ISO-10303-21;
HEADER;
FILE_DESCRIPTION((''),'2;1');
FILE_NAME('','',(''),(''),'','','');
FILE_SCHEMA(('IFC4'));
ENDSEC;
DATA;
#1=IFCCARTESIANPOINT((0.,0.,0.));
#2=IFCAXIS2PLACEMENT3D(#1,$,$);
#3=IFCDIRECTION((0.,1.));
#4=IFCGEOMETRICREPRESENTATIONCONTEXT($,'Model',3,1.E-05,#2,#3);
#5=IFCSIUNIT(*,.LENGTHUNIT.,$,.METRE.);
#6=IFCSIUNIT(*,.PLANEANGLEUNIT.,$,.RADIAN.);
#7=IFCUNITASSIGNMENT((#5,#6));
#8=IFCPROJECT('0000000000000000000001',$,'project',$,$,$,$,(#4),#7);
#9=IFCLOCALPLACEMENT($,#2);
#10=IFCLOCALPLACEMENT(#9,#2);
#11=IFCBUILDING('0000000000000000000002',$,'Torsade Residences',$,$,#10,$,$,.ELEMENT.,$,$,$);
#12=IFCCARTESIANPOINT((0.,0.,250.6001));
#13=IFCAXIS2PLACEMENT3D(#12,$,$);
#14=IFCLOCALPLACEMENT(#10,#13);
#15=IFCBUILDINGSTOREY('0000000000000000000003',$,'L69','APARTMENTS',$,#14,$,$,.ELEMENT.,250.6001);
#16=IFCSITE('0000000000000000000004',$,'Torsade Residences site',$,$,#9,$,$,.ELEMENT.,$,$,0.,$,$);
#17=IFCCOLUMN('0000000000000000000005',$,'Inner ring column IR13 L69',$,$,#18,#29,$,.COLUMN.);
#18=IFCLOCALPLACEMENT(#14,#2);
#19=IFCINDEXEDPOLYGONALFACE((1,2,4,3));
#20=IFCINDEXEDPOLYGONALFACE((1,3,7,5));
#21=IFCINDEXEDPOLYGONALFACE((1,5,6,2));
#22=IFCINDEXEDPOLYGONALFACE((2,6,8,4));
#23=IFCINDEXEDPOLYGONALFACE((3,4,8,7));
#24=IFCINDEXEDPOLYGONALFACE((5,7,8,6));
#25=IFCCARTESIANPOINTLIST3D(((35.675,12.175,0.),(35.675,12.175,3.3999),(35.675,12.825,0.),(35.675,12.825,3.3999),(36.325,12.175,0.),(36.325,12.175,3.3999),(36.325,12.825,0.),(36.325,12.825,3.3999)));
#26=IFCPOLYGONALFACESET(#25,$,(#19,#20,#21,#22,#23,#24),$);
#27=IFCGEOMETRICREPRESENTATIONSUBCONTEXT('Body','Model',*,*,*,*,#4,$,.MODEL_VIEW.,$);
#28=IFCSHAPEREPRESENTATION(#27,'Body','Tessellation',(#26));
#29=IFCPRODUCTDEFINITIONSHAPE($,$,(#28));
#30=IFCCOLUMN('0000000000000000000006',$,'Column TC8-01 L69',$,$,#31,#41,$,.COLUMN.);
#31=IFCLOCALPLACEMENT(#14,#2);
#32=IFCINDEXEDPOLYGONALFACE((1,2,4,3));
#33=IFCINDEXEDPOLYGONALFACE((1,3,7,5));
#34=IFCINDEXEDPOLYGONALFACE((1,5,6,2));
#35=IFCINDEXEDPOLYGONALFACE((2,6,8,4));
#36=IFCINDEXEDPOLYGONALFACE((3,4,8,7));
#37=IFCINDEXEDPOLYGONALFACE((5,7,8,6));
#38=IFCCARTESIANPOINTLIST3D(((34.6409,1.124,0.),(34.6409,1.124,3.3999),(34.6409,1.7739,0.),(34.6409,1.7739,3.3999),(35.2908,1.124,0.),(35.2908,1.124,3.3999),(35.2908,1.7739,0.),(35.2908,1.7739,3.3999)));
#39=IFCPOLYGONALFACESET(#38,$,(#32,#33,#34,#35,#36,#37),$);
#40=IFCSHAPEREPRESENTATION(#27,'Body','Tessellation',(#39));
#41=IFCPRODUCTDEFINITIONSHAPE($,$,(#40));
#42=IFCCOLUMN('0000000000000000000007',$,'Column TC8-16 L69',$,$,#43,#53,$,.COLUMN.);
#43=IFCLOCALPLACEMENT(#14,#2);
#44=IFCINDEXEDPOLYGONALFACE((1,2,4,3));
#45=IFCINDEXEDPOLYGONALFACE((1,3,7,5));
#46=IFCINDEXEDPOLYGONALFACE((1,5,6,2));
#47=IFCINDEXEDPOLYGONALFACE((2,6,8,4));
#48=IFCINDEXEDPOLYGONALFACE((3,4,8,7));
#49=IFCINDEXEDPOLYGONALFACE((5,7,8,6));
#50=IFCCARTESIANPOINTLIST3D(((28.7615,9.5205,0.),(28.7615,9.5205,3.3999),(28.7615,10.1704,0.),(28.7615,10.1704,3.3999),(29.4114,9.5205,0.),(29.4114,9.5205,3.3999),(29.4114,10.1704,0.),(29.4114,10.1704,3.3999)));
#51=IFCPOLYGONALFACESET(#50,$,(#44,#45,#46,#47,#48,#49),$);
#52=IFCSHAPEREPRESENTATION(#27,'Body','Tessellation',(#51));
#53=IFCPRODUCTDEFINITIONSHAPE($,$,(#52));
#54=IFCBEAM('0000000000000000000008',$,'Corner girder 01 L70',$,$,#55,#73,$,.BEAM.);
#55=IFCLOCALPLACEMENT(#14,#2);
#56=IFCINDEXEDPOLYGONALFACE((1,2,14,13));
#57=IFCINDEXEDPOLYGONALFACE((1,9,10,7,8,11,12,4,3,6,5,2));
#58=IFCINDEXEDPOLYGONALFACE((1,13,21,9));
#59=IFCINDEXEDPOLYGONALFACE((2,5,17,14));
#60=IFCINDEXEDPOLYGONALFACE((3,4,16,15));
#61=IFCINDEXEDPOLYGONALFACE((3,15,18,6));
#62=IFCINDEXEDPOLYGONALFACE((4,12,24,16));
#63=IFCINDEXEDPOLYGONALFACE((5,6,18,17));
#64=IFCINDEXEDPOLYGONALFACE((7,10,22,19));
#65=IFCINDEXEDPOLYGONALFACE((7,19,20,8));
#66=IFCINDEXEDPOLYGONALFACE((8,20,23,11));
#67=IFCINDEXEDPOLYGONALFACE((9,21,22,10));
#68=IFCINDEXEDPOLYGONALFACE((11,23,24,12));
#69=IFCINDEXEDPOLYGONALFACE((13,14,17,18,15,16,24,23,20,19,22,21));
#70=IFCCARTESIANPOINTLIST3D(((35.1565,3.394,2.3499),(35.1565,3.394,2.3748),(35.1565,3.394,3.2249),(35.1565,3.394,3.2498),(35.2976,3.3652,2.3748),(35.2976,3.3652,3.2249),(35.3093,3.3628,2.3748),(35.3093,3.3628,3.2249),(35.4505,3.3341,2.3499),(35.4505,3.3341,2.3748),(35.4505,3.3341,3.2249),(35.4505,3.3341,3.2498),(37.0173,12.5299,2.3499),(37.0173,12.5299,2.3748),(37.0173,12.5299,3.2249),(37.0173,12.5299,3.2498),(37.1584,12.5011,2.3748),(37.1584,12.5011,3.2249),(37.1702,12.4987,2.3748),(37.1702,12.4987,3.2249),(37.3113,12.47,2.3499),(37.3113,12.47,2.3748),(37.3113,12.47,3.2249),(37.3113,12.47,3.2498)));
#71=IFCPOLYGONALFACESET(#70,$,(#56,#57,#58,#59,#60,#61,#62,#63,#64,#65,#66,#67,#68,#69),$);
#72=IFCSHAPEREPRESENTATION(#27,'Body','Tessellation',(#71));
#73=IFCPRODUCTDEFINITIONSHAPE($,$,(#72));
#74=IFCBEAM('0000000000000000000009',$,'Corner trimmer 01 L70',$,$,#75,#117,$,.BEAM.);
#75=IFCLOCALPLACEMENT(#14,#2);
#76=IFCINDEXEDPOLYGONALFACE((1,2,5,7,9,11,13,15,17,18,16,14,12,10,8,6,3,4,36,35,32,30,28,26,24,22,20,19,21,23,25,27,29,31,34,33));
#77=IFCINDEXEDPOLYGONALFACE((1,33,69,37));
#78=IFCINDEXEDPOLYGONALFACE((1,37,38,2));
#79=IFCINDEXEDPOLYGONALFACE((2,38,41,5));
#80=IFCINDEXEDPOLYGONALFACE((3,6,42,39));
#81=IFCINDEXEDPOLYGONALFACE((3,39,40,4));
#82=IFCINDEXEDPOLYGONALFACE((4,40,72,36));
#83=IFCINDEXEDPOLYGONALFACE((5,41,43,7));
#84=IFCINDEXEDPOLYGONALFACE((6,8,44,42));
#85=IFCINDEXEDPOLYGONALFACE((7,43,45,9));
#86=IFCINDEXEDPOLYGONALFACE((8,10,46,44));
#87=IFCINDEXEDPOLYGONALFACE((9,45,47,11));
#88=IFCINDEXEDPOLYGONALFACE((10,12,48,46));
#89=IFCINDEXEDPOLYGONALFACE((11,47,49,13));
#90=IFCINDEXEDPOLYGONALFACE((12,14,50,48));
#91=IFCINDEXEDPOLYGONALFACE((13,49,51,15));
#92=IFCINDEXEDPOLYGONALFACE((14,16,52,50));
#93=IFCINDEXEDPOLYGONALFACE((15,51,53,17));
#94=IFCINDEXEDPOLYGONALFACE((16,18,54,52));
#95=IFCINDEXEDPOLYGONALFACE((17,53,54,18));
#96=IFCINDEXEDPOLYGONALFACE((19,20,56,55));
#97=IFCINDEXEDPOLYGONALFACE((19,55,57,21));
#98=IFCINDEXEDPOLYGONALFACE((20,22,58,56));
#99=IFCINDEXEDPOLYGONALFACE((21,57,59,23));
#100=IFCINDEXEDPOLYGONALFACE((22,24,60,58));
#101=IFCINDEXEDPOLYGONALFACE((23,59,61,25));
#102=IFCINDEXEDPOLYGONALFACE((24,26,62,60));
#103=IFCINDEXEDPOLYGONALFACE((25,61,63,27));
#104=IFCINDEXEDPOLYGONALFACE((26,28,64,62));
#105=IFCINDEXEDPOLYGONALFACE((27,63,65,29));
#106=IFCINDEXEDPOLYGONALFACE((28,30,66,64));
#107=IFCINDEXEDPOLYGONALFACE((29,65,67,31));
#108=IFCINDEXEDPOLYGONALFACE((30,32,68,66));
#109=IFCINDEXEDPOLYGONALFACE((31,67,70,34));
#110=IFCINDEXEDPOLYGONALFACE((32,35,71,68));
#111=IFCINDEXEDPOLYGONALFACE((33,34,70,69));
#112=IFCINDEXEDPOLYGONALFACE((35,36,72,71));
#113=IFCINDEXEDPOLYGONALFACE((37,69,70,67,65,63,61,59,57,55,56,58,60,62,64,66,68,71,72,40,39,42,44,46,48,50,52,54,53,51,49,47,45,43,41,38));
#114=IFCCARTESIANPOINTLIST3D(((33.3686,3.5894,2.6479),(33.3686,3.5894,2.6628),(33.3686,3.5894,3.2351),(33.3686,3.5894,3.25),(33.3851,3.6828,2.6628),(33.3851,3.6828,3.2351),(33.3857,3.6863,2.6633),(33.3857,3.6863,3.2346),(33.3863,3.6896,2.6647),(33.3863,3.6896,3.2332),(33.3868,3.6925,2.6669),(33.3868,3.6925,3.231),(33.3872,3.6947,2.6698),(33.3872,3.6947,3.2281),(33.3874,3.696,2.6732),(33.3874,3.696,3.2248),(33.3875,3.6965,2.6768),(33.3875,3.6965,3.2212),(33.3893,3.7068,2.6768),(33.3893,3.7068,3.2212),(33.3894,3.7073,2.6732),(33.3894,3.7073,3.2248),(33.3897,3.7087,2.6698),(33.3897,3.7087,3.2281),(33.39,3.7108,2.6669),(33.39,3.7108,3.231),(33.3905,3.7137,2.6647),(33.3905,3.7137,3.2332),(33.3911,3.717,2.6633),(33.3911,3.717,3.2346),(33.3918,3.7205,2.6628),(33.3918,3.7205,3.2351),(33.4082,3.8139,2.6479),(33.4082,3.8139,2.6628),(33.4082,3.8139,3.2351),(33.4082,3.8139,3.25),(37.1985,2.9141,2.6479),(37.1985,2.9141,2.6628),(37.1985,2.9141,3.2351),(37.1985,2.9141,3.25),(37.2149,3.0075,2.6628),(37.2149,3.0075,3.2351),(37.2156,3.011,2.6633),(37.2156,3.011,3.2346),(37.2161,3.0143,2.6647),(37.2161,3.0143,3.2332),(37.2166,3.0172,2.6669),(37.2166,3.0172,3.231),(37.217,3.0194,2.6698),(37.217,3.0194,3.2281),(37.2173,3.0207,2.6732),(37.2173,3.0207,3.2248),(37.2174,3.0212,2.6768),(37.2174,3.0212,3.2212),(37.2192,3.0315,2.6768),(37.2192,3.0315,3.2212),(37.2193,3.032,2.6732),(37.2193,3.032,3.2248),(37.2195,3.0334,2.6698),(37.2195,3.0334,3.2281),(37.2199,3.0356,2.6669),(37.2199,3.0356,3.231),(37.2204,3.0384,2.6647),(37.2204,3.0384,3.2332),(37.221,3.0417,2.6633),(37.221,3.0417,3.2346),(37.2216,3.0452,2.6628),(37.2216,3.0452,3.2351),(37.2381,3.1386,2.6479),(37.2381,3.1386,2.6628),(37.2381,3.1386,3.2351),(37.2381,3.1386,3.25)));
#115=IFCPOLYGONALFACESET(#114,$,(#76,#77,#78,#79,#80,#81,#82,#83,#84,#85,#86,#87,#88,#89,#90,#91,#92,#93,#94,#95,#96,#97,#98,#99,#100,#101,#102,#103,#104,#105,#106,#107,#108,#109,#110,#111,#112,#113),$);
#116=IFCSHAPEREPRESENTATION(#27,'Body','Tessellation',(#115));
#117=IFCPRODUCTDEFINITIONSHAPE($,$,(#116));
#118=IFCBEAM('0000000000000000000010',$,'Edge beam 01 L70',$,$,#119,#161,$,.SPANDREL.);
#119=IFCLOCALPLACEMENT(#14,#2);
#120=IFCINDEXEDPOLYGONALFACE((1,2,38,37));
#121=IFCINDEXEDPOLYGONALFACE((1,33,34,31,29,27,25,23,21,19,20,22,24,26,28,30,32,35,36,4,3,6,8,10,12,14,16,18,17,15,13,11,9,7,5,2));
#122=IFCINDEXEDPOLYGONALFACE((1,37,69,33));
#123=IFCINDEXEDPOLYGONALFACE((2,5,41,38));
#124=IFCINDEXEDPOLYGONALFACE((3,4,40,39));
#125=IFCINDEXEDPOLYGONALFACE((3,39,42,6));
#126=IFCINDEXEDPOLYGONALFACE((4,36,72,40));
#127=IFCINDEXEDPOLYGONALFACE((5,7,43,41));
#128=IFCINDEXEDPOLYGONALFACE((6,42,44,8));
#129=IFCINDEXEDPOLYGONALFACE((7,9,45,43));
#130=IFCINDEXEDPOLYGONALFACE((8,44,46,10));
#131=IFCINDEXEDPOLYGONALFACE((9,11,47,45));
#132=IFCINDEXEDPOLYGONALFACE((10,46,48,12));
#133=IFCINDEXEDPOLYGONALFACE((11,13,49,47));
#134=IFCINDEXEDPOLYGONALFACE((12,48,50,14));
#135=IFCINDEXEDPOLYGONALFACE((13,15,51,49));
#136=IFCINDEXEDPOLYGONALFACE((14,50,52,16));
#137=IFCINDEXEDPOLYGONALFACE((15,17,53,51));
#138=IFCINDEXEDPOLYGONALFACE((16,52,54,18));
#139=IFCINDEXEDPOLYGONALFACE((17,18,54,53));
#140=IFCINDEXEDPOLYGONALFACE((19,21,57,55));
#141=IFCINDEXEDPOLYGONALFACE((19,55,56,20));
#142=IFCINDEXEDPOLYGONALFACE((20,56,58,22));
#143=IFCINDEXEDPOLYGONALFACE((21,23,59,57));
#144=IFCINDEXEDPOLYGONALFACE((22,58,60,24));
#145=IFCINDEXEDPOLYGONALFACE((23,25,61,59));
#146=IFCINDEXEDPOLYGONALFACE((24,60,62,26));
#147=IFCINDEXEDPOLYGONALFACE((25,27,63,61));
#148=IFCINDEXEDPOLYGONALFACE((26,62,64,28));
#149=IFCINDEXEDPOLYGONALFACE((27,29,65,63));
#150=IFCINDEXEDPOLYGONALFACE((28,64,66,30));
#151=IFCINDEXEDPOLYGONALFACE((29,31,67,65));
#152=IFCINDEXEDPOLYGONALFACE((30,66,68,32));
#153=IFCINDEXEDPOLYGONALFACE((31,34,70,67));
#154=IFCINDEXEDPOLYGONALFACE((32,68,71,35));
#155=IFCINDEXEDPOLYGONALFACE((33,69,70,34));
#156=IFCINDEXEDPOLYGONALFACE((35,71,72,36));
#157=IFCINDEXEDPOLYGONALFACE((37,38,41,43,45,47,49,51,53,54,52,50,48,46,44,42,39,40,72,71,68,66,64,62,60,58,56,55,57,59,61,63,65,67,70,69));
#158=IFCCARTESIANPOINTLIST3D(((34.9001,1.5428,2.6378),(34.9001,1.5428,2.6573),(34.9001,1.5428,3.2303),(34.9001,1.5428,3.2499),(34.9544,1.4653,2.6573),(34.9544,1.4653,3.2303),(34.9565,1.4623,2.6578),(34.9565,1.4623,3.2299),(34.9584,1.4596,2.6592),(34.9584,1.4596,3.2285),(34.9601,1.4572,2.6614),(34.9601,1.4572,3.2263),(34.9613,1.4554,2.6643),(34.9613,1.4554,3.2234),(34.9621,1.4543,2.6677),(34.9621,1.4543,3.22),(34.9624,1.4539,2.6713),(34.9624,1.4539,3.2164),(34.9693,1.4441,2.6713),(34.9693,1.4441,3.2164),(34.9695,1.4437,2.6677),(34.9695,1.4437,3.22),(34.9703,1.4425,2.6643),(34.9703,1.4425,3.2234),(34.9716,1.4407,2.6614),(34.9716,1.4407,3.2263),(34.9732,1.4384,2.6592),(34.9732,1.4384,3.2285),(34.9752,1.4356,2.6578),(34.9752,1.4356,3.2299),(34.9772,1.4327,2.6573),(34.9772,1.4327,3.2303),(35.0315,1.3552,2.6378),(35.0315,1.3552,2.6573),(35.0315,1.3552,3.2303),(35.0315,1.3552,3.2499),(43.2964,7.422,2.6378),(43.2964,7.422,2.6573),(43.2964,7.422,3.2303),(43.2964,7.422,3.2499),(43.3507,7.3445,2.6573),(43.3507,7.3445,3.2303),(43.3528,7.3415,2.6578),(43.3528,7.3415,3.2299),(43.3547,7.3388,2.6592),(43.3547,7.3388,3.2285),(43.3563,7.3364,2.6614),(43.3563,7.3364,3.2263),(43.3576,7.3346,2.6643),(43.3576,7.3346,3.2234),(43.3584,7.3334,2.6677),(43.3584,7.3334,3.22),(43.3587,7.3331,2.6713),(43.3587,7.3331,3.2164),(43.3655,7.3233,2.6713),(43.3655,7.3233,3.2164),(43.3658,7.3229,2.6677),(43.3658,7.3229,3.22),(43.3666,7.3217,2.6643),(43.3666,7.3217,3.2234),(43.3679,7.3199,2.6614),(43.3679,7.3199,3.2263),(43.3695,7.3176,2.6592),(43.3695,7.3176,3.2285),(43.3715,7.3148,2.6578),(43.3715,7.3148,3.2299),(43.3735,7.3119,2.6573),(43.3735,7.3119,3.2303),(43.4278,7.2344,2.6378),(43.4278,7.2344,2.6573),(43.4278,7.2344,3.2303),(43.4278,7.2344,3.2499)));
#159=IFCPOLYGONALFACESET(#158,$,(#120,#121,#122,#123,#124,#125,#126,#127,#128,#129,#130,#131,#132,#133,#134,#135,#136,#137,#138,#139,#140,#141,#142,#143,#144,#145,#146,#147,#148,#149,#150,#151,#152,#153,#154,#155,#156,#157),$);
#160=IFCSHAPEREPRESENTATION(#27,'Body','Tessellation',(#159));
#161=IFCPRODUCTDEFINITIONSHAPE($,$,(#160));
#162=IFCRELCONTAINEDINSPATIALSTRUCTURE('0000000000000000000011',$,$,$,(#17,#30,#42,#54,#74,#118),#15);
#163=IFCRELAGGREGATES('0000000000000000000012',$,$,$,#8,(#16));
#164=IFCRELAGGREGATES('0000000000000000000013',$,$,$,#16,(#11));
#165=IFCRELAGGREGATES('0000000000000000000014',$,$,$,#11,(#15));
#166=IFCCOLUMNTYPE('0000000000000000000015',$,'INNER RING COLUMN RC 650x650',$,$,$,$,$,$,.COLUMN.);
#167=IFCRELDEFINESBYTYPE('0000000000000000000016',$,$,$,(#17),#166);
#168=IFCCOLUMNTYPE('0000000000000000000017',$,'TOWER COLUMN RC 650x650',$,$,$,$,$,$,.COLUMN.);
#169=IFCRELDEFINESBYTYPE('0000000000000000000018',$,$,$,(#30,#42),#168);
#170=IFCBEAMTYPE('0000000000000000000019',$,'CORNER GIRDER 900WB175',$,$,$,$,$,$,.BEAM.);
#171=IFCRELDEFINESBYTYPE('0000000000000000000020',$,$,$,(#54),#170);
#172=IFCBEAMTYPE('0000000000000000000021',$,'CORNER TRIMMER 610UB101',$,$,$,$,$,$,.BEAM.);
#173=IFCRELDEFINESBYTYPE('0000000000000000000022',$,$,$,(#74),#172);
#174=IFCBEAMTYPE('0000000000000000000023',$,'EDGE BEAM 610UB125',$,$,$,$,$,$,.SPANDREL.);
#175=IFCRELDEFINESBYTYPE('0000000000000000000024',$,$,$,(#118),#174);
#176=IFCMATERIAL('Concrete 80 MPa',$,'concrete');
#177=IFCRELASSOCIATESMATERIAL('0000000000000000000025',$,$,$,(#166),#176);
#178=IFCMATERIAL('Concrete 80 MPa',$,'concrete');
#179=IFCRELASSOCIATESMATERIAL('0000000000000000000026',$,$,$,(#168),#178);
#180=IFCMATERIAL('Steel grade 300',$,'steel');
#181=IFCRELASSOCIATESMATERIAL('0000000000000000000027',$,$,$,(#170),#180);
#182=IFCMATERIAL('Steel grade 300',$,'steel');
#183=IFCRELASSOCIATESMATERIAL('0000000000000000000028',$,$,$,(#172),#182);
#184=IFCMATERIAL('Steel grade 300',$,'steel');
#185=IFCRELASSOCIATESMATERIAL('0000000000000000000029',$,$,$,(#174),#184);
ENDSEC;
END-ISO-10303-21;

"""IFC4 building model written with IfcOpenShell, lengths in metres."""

from ifc_helpers import new_model, si_unit, direction, frame, origin, origin_2d, place, context, subcontext, project, spatial, rectangle, i_section, extrude, material, material_profile, profile_set, type_object, element, save


model = new_model("IFC4")

# Units and contexts
model_context = context("Model", 3, precision=1e-05, world=origin(), true_north=direction((0.0, 1.0)))
body_context = subcontext(model_context, "Body", "Model", "MODEL_VIEW")
ifc_project = project(units=[si_unit("LENGTHUNIT", "METRE"), si_unit("PLANEANGLEUNIT", "RADIAN")], contexts=[model_context])

# Site, building, storey
site_placement = place(None, origin())
site = spatial("IfcSite", under=ifc_project, at=site_placement, Name="Torsade Residences site", CompositionType="ELEMENT", RefElevation=0.0)
building_placement = place(site_placement, origin())
building = spatial("IfcBuilding", under=site, at=building_placement, Name="Torsade Residences", CompositionType="ELEMENT")
storey_placement = place(building_placement, frame((0.0, 0.0, 250.6001)))
storey = spatial("IfcBuildingStorey", under=building, at=storey_placement, Name="L69", Description="APARTMENTS", CompositionType="ELEMENT", Elevation=250.6001)

# Columns
ifc_material_1 = material(Name="Concrete 80 MPa", Category="concrete")
ifc_material_profile_1 = material_profile(ifc_material_1, rectangle(XDim=0.6499, YDim=0.6499, at=origin_2d()), Name="RC 650x650")
ifc_profile_set_1 = profile_set([ifc_material_profile_1], Name="Concrete 80 MPa")
column_type_1 = type_object("IfcColumnType", Name="INNER RING COLUMN RC 650x650", PredefinedType="COLUMN", material=ifc_profile_set_1)
column_placement = place(storey_placement, frame((36.0, 12.5, 0.0), z_axis=(0.0, 0.0, 1.0), x_axis=(1.0, 0.0, 0.0)))
element("IfcColumn", 1, at=column_placement, inside=storey, type_object=column_type_1, Name="Inner ring column IR13 L69", PredefinedType="COLUMN", context=body_context, shape_type="SweptSolid", body=[
    extrude(rectangle(XDim=0.6499, YDim=0.6499, at=origin_2d()), origin(), (0.0, 0.0, 1.0), 3.3999),
])
ifc_material_2 = material(Name="Concrete 80 MPa", Category="concrete")
ifc_material_profile_2 = material_profile(ifc_material_2, rectangle(XDim=0.6499, YDim=0.6499, at=origin_2d()), Name="RC 650x650")
ifc_profile_set_2 = profile_set([ifc_material_profile_2], Name="Concrete 80 MPa")
column_type_2 = type_object("IfcColumnType", Name="TOWER COLUMN RC 650x650", PredefinedType="COLUMN", material=ifc_profile_set_2)
for number, where, z_axis, x_axis, name in (
    (2, (34.9658, 1.449, 0.0), (0.0, 0.0, 1.0), (1.0, 0.0, 0.0), "Column TC8-01 L69"),
    (3, (29.0864, 9.8455, 0.0), (0.0, 0.0, 1.0), (1.0, 0.0, 0.0), "Column TC8-16 L69"),
):
    element("IfcColumn", number, at=place(storey_placement, frame(where, z_axis=z_axis, x_axis=x_axis)), inside=storey, type_object=column_type_2, Name=name, PredefinedType="COLUMN", context=body_context, shape_type="SweptSolid", body=[
        extrude(rectangle(XDim=0.6499, YDim=0.6499, at=origin_2d()), origin(), (0.0, 0.0, 1.0), 3.3999),
    ])

# Beams
ifc_material_3 = material(Name="Steel grade 300", Category="steel")
ifc_material_profile_3 = material_profile(ifc_material_3, i_section(OverallWidth=0.3, OverallDepth=0.8999, WebThickness=0.012, FlangeThickness=0.0249, at=origin_2d()), Name="900WB175")
ifc_profile_set_3 = profile_set([ifc_material_profile_3], Name="Steel grade 300")
beam_type_1 = type_object("IfcBeamType", Name="CORNER GIRDER 900WB175", PredefinedType="BEAM", material=ifc_profile_set_3)
beam_1_placement = place(storey_placement, frame((35.3035, 3.364, 2.7998), z_axis=(0.199584, 0.979881, 0.0), x_axis=(-0.979881, 0.199584, 0.0)))
element("IfcBeam", 4, at=beam_1_placement, inside=storey, type_object=beam_type_1, Name="Corner girder 01 L70", PredefinedType="BEAM", context=body_context, shape_type="SweptSolid", body=[
    extrude(i_section(OverallWidth=0.3, OverallDepth=0.8999, WebThickness=0.012, FlangeThickness=0.0249, at=origin_2d()), origin(), (0.0, 0.0, 1.0), 9.3235),
])
ifc_material_4 = material(Name="Steel grade 300", Category="steel")
ifc_material_profile_4 = material_profile(ifc_material_4, i_section(OverallWidth=0.228, OverallDepth=0.6021, WebThickness=0.0105, FlangeThickness=0.0149, FilletRadius=0.0139, at=origin_2d()), Name="610UB101")
ifc_profile_set_4 = profile_set([ifc_material_profile_4], Name="Steel grade 300")
beam_type_2 = type_object("IfcBeamType", Name="CORNER TRIMMER 610UB101", PredefinedType="BEAM", material=ifc_profile_set_4)
beam_2_placement = place(storey_placement, frame((37.2183, 3.0264, 2.949), z_axis=(-0.984808, 0.173646, 0.0), x_axis=(-0.173646, -0.984808, 0.0)))
element("IfcBeam", 5, at=beam_2_placement, inside=storey, type_object=beam_type_2, Name="Corner trimmer 01 L70", PredefinedType="BEAM", context=body_context, shape_type="SweptSolid", body=[
    extrude(i_section(OverallWidth=0.228, OverallDepth=0.6021, WebThickness=0.0105, FlangeThickness=0.0149, FilletRadius=0.0139, at=origin_2d()), origin(), (0.0, 0.0, 1.0), 3.8889),
])
ifc_material_5 = material(Name="Steel grade 300", Category="steel")
ifc_material_profile_5 = material_profile(ifc_material_5, i_section(OverallWidth=0.229, OverallDepth=0.6121, WebThickness=0.012, FlangeThickness=0.0195, FilletRadius=0.0139, at=origin_2d()), Name="610UB125")
ifc_profile_set_5 = profile_set([ifc_material_profile_5], Name="Steel grade 300")
beam_type_3 = type_object("IfcBeamType", Name="EDGE BEAM 610UB125", PredefinedType="SPANDREL", material=ifc_profile_set_5)
beam_3_placement = place(storey_placement, frame((34.9658, 1.449, 2.9438), z_axis=(0.81915, 0.573579, 0.0), x_axis=(-0.573579, 0.81915, 0.0)))
element("IfcBeam", 6, at=beam_3_placement, inside=storey, type_object=beam_type_3, Name="Edge beam 01 L70", PredefinedType="SPANDREL", context=body_context, shape_type="SweptSolid", body=[
    extrude(i_section(OverallWidth=0.229, OverallDepth=0.6121, WebThickness=0.012, FlangeThickness=0.0195, FilletRadius=0.0139, at=origin_2d()), origin(), (0.0, 0.0, 1.0), 10.25),
])

save(model, "model.ifc")
